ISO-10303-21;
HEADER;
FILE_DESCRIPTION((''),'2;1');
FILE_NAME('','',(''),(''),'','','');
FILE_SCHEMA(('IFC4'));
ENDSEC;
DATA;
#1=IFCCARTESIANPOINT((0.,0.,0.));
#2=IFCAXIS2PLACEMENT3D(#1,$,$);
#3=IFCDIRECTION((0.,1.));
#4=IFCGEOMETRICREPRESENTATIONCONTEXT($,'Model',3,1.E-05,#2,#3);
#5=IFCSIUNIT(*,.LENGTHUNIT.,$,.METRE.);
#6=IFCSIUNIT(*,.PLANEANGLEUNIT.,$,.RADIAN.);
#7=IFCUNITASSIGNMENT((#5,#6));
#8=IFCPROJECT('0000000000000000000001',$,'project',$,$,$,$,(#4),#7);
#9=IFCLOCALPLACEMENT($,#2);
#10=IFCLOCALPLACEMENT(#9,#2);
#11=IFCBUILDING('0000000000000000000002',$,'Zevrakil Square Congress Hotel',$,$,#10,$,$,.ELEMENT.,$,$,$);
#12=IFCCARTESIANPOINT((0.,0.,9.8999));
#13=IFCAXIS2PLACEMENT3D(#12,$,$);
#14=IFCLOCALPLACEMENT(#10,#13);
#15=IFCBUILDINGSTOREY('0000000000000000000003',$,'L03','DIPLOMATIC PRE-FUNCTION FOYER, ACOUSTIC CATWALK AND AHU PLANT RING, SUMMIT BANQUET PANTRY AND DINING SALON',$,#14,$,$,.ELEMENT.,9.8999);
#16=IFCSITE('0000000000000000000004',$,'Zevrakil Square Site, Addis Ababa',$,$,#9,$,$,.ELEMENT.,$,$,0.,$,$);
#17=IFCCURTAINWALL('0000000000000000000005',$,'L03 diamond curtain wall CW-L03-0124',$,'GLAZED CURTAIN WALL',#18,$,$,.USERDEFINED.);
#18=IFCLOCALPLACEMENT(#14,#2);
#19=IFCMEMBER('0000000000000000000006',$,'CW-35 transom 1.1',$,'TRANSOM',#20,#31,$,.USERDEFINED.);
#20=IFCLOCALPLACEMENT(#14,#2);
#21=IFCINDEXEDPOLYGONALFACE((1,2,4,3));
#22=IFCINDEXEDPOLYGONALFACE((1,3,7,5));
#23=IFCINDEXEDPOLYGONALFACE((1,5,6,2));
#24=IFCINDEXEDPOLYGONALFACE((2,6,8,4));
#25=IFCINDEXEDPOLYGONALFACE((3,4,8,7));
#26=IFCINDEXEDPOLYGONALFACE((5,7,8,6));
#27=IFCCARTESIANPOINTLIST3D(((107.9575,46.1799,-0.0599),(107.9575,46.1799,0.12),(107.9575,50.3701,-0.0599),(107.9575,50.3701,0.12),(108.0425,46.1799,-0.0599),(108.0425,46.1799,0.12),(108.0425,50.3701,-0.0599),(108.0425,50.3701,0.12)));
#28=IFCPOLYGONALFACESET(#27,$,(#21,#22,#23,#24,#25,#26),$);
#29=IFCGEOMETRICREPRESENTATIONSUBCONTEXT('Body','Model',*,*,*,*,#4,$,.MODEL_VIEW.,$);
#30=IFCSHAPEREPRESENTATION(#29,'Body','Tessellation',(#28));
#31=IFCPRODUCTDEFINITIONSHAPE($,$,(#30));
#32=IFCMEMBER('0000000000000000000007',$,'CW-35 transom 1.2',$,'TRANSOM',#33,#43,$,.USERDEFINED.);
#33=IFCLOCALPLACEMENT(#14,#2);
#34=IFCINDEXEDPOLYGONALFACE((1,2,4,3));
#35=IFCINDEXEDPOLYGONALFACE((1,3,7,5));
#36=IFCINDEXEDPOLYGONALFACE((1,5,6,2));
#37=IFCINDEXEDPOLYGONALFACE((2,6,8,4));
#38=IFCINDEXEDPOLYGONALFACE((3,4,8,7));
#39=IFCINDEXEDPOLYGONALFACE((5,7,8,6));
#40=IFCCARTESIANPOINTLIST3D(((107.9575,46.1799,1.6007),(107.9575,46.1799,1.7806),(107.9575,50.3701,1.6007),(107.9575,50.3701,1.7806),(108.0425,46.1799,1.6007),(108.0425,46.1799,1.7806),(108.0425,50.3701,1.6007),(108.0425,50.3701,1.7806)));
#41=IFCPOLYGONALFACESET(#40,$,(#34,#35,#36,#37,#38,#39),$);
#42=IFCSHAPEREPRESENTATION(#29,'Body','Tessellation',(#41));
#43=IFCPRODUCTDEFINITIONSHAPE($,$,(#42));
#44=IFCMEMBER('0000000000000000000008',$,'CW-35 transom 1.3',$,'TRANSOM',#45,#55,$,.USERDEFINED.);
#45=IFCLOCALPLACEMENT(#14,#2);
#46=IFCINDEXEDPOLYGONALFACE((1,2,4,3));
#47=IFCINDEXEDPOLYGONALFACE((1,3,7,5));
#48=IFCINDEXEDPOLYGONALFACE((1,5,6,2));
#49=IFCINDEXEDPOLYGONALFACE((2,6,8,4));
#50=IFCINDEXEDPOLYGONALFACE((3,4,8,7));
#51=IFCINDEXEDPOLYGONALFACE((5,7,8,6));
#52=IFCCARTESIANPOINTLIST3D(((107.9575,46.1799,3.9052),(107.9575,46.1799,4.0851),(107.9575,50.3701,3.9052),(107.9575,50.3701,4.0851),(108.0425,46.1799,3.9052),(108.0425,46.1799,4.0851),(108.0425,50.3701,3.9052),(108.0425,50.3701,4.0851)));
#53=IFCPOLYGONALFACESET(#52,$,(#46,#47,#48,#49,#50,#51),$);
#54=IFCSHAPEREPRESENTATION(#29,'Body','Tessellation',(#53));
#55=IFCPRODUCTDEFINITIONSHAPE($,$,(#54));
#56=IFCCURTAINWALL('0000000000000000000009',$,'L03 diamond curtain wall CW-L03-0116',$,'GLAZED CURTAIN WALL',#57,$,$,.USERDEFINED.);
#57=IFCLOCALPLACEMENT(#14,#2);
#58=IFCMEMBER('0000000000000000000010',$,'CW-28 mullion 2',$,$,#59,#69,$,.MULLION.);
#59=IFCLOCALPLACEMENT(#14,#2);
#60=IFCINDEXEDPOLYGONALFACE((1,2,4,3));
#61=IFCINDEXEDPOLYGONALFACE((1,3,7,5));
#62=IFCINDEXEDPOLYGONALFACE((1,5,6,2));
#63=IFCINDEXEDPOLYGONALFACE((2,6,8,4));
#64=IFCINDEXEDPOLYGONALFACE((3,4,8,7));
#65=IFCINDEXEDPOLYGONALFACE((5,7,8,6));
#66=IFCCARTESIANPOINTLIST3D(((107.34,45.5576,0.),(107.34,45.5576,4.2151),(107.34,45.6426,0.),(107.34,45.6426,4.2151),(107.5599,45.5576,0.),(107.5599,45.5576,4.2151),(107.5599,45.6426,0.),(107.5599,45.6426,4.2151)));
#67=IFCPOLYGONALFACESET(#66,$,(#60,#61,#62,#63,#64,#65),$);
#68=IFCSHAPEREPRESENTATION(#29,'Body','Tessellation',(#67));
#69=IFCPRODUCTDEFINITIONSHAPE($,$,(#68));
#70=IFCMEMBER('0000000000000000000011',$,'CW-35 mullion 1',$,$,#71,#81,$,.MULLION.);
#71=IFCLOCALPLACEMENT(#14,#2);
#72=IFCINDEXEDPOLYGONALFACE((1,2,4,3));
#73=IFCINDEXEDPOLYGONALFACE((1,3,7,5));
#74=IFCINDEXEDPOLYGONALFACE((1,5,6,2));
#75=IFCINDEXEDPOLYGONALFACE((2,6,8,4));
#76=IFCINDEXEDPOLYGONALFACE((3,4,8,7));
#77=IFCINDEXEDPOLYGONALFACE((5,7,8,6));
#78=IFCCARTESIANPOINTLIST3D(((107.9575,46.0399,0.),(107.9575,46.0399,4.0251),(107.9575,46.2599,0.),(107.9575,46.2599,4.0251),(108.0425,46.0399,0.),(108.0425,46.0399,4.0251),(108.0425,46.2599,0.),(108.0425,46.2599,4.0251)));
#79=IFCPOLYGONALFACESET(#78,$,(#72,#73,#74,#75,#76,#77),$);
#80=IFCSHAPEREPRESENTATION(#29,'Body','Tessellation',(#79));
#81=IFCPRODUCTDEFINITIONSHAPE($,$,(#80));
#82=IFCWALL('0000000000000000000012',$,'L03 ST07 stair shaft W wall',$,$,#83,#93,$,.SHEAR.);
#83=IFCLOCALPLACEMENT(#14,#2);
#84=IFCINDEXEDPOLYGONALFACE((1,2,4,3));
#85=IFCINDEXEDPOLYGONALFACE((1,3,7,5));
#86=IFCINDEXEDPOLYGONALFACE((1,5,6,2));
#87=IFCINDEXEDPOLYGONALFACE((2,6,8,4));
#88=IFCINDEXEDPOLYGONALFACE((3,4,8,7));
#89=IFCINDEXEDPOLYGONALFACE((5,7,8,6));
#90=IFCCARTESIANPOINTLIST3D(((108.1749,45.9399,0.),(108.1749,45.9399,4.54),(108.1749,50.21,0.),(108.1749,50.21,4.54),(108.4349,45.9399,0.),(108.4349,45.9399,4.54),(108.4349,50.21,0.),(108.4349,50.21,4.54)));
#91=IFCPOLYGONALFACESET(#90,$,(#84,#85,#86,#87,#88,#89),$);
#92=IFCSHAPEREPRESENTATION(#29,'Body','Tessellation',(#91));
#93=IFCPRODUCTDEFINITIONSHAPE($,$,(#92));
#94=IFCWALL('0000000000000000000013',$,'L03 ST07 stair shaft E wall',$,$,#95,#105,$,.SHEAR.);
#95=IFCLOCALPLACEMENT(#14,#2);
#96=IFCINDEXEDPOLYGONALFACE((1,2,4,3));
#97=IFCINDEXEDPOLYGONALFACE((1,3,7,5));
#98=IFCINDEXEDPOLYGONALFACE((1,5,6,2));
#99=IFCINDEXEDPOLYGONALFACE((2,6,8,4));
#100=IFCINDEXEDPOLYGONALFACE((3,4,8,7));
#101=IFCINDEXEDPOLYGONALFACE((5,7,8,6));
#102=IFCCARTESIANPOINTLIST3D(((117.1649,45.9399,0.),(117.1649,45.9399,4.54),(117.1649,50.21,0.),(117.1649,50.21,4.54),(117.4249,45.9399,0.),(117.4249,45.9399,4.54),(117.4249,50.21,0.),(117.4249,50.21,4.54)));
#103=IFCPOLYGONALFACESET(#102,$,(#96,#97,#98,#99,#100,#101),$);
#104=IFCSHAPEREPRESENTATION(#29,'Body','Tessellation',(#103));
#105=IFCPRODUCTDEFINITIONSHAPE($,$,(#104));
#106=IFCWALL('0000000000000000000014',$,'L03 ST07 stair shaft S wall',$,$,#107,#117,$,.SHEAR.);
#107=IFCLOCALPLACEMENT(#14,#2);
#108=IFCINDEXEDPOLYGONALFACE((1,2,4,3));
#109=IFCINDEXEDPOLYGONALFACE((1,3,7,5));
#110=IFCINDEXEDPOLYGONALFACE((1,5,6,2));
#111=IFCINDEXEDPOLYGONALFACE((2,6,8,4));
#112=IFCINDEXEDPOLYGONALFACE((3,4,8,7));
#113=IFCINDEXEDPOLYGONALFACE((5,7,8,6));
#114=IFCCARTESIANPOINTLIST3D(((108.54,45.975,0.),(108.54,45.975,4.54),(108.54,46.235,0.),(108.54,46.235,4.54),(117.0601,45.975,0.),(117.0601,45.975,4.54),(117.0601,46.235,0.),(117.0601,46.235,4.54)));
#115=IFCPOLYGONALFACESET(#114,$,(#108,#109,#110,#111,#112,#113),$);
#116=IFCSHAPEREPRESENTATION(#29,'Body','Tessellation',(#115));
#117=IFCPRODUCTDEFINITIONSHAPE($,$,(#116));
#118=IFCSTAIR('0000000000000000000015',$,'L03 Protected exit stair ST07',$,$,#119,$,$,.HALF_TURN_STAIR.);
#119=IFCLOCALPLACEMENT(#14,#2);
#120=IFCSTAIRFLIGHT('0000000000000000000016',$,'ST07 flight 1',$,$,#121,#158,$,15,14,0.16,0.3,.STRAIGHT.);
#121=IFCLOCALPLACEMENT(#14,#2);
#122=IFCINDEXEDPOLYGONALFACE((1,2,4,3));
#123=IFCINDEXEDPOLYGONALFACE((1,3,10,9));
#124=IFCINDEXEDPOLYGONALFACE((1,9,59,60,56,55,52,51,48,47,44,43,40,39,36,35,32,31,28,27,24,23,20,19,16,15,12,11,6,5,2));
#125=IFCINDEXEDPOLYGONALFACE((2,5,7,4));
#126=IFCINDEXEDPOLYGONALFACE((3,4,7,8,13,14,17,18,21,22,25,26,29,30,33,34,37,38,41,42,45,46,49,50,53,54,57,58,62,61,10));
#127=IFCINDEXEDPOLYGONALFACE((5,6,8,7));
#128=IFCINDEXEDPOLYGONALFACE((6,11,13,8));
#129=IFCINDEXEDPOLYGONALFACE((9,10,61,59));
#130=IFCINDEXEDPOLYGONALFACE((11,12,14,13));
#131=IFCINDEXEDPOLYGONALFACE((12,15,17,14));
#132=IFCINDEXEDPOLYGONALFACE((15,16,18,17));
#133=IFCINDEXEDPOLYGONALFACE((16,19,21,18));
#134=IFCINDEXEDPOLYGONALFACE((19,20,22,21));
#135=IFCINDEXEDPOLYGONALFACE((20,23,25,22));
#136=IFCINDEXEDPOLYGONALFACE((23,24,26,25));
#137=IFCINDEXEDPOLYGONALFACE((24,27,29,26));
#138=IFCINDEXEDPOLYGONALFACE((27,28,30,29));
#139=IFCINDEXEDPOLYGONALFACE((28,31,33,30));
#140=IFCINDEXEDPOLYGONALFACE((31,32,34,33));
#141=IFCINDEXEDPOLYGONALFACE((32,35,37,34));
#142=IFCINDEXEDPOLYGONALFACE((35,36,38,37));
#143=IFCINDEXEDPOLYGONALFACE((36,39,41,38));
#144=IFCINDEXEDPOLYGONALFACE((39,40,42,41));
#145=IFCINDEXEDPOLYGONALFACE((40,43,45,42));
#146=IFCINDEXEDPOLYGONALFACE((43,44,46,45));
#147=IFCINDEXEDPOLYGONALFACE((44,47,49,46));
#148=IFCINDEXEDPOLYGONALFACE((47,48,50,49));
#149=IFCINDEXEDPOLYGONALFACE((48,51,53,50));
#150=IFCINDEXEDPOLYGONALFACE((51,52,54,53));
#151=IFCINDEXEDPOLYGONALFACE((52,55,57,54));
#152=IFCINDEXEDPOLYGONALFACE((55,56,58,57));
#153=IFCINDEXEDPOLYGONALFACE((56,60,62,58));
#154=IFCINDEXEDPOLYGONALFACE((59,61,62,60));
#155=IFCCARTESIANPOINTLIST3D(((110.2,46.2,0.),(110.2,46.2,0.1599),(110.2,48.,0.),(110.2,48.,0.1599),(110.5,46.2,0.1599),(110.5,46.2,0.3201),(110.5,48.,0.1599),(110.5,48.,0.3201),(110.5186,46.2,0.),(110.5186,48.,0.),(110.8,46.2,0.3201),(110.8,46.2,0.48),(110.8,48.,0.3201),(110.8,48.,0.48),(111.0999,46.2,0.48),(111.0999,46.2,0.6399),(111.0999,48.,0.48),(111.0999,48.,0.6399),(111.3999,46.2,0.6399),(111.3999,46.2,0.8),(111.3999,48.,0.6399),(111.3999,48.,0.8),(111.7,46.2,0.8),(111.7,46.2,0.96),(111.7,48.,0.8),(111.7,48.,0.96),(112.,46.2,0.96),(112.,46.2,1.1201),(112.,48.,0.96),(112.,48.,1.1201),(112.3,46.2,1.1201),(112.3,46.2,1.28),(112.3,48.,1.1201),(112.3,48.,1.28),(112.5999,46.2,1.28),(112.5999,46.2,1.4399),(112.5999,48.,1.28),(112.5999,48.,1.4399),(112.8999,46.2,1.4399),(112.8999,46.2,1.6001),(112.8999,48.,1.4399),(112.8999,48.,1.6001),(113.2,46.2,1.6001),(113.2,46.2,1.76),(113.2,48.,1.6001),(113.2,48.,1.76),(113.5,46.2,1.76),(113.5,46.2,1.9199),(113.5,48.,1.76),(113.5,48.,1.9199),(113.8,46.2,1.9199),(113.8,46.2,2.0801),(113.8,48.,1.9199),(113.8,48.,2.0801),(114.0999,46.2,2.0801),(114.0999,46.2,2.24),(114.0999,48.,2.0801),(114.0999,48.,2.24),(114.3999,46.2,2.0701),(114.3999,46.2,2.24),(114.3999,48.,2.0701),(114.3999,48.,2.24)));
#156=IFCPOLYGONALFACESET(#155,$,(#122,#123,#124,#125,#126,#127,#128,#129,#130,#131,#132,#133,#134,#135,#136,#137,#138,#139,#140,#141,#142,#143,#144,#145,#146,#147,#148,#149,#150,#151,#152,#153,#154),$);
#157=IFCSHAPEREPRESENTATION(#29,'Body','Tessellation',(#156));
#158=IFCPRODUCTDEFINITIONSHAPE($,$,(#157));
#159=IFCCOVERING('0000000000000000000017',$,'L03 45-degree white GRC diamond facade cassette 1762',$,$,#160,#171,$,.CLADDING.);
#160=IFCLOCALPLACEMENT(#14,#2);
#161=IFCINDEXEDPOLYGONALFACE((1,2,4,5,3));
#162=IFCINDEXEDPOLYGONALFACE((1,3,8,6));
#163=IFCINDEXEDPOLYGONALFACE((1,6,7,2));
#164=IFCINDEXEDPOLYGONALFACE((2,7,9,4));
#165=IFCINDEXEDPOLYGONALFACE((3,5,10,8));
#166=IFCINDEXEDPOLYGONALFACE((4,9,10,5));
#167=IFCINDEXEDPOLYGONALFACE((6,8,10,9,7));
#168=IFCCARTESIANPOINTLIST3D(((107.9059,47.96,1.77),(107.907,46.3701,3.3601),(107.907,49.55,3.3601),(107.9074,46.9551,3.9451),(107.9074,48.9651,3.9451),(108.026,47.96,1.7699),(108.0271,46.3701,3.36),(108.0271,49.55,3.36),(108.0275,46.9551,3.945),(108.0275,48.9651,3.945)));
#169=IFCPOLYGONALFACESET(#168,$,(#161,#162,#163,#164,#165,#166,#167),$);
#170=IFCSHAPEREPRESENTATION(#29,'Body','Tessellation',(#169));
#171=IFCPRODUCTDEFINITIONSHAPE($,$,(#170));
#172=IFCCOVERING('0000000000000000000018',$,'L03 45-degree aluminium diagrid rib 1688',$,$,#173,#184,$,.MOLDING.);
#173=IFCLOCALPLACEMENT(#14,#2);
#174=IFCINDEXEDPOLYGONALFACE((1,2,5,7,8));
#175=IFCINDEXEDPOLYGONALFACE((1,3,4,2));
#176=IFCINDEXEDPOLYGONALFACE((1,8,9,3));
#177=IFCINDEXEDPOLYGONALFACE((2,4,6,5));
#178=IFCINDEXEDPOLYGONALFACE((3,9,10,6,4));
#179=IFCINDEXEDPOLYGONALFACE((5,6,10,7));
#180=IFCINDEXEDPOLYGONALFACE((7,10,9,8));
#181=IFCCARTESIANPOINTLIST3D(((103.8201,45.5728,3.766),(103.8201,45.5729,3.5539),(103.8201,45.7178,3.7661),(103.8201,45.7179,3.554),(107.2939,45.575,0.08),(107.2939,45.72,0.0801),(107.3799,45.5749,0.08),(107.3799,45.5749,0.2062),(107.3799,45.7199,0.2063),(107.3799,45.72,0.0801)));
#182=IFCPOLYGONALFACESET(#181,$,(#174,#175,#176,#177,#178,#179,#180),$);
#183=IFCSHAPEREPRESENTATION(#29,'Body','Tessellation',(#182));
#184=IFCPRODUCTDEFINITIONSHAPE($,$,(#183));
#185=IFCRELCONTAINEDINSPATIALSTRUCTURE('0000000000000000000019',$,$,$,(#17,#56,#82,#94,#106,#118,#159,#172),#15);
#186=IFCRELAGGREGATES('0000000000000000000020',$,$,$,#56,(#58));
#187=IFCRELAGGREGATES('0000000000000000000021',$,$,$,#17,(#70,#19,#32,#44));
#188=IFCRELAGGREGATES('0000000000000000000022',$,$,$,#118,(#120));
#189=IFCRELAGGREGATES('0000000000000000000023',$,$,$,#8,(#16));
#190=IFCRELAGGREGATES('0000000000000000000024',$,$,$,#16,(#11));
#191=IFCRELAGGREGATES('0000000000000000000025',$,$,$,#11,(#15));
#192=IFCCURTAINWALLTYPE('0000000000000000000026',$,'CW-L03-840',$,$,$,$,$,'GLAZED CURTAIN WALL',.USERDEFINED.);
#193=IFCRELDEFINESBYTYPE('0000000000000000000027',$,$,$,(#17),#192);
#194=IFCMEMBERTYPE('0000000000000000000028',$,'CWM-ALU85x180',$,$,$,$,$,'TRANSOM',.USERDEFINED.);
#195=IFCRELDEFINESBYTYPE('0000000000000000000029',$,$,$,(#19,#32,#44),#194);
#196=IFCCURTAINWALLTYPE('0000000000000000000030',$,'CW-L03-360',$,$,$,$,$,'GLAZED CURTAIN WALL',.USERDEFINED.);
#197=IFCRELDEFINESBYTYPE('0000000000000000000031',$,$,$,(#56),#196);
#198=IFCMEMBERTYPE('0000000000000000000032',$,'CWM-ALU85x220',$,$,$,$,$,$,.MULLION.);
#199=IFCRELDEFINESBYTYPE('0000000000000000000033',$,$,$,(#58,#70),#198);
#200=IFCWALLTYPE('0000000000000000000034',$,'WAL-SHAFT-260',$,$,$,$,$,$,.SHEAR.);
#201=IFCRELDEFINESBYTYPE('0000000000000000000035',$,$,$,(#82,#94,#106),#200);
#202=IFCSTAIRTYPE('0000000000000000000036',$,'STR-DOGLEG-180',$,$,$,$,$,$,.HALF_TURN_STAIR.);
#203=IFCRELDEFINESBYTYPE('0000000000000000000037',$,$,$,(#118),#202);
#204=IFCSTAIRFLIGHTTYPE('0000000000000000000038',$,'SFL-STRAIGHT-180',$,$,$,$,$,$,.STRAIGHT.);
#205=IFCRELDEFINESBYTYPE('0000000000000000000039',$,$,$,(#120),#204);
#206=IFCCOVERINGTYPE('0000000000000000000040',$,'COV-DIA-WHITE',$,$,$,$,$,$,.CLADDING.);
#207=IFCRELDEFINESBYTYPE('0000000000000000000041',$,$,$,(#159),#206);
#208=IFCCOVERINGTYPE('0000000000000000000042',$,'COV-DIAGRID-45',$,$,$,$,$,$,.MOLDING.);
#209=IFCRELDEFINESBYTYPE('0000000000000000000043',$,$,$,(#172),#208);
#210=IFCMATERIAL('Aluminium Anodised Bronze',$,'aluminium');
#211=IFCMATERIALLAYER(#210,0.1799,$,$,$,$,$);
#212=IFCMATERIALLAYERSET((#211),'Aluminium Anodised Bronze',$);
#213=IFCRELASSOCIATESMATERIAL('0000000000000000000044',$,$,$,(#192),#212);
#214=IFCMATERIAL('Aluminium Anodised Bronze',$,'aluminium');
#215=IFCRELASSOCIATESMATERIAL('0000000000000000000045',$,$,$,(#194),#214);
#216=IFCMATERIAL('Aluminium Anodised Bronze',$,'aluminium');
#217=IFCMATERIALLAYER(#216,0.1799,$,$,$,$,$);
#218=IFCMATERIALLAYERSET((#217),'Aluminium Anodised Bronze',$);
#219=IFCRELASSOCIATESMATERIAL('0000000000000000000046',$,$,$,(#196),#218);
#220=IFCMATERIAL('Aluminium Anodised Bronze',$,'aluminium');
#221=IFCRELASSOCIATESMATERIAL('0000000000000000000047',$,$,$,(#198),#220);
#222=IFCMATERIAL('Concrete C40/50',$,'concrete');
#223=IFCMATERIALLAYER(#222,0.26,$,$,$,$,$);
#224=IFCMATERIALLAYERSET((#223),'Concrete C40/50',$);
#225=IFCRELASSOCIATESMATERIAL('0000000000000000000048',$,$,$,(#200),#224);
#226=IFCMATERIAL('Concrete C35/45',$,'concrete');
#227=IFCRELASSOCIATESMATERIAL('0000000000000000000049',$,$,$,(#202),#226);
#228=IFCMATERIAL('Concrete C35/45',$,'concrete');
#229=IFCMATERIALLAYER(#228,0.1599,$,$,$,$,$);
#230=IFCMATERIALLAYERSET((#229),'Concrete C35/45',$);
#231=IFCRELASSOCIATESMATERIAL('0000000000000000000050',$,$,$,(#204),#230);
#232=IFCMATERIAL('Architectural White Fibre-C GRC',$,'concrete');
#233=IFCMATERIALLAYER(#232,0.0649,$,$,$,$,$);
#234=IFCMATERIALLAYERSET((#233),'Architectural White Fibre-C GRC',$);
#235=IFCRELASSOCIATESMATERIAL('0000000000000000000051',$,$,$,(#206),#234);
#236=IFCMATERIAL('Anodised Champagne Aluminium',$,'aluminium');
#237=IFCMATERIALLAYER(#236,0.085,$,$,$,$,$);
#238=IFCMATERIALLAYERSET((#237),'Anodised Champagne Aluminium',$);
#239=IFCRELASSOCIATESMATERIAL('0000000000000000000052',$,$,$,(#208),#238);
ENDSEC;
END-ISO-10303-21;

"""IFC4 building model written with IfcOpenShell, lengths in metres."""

from ifc_helpers import new_model, si_unit, direction, frame, frame_2d, origin, origin_2d, place, context, subcontext, project, spatial, polyline, rectangle, outline, extrude, material, layer, layer_set, material_profile, profile_set, type_object, element, aggregate, save


model = new_model("IFC4")

# Units and contexts
model_context = context("Model", 3, precision=1e-05, world=origin(), true_north=direction((0.0, 1.0)))
body_context = subcontext(model_context, "Body", "Model", "MODEL_VIEW")
ifc_project = project(units=[si_unit("LENGTHUNIT", "METRE"), si_unit("PLANEANGLEUNIT", "RADIAN")], contexts=[model_context])

# Site, building, storey
site_placement = place(None, origin())
site = spatial("IfcSite", under=ifc_project, at=site_placement, Name="Zevrakil Square Site, Addis Ababa", CompositionType="ELEMENT", RefElevation=0.0)
building_placement = place(site_placement, origin())
building = spatial("IfcBuilding", under=site, at=building_placement, Name="Zevrakil Square Congress Hotel", CompositionType="ELEMENT")
storey_placement = place(building_placement, frame((0.0, 0.0, 9.8999)))
storey = spatial("IfcBuildingStorey", under=building, at=storey_placement, Name="L03", Description="DIPLOMATIC PRE-FUNCTION FOYER, ACOUSTIC CATWALK AND AHU PLANT RING, SUMMIT BANQUET PANTRY AND DINING SALON", CompositionType="ELEMENT", Elevation=9.8999)

# Curtain wall, members
ifc_material_1 = material(Name="Aluminium Anodised Bronze", Category="aluminium")
ifc_layer_1 = layer(ifc_material_1, 0.1799)
ifc_layer_set_1 = layer_set([ifc_layer_1], Name="Aluminium Anodised Bronze")
curtain_wall_type_1 = type_object("IfcCurtainWallType", Name="CW-L03-840", ElementType="GLAZED CURTAIN WALL", PredefinedType="USERDEFINED", material=ifc_layer_set_1)
curtain_wall_1_placement = place(storey_placement, origin())
curtain_wall_1 = element("IfcCurtainWall", 1, at=curtain_wall_1_placement, inside=storey, type_object=curtain_wall_type_1, Name="L03 diamond curtain wall CW-L03-0124", ObjectType="GLAZED CURTAIN WALL", PredefinedType="USERDEFINED")
ifc_material_2 = material(Name="Aluminium Anodised Bronze", Category="aluminium")
ifc_material_profile_1 = material_profile(ifc_material_2, rectangle(XDim=0.085, YDim=0.1799, at=origin_2d()), Name="ALU 85x180")
ifc_profile_set_1 = profile_set([ifc_material_profile_1], Name="Aluminium Anodised Bronze")
member_type_1 = type_object("IfcMemberType", Name="CWM-ALU85x180", ElementType="TRANSOM", PredefinedType="USERDEFINED", material=ifc_profile_set_1)
member_1_placement = place(storey_placement, frame((108.0, 46.1799, 0.03), z_axis=(0.0, 1.0, 0.0), x_axis=(-1.0, 0.0, 0.0)))
member_1 = element("IfcMember", 2, at=member_1_placement, type_object=member_type_1, Name="CW-35 transom 1.1", ObjectType="TRANSOM", PredefinedType="USERDEFINED", context=body_context, shape_type="SweptSolid", body=[
    extrude(rectangle(XDim=0.085, YDim=0.1799, at=origin_2d()), origin(), (0.0, 0.0, 1.0), 4.1902),
])
member_2_placement = place(storey_placement, frame((108.0, 46.1799, 1.6907), z_axis=(0.0, 1.0, 0.0), x_axis=(-1.0, 0.0, 0.0)))
member_2 = element("IfcMember", 3, at=member_2_placement, type_object=member_type_1, Name="CW-35 transom 1.2", ObjectType="TRANSOM", PredefinedType="USERDEFINED", context=body_context, shape_type="SweptSolid", body=[
    extrude(rectangle(XDim=0.085, YDim=0.1799, at=origin_2d()), origin(), (0.0, 0.0, 1.0), 4.1902),
])
member_3_placement = place(storey_placement, frame((108.0, 46.1799, 3.9951), z_axis=(0.0, 1.0, 0.0), x_axis=(-1.0, 0.0, 0.0)))
member_3 = element("IfcMember", 4, at=member_3_placement, type_object=member_type_1, Name="CW-35 transom 1.3", ObjectType="TRANSOM", PredefinedType="USERDEFINED", context=body_context, shape_type="SweptSolid", body=[
    extrude(rectangle(XDim=0.085, YDim=0.1799, at=origin_2d()), origin(), (0.0, 0.0, 1.0), 4.1902),
])

# Curtain wall, member
ifc_material_3 = material(Name="Aluminium Anodised Bronze", Category="aluminium")
ifc_layer_2 = layer(ifc_material_3, 0.1799)
ifc_layer_set_2 = layer_set([ifc_layer_2], Name="Aluminium Anodised Bronze")
curtain_wall_type_2 = type_object("IfcCurtainWallType", Name="CW-L03-360", ElementType="GLAZED CURTAIN WALL", PredefinedType="USERDEFINED", material=ifc_layer_set_2)
curtain_wall_2_placement = place(storey_placement, origin())
curtain_wall_2 = element("IfcCurtainWall", 5, at=curtain_wall_2_placement, inside=storey, type_object=curtain_wall_type_2, Name="L03 diamond curtain wall CW-L03-0116", ObjectType="GLAZED CURTAIN WALL", PredefinedType="USERDEFINED")
ifc_material_4 = material(Name="Aluminium Anodised Bronze", Category="aluminium")
ifc_material_profile_2 = material_profile(ifc_material_4, rectangle(XDim=0.085, YDim=0.22, at=origin_2d()), Name="ALU 85x220")
ifc_profile_set_2 = profile_set([ifc_material_profile_2], Name="Aluminium Anodised Bronze")
member_type_2 = type_object("IfcMemberType", Name="CWM-ALU85x220", PredefinedType="MULLION", material=ifc_profile_set_2)
member_4_placement = place(storey_placement, frame((107.45, 45.6001, 0.0), z_axis=(0.0, 0.0, 1.0), x_axis=(0.0, 1.0, 0.0)))
member_4 = element("IfcMember", 6, at=member_4_placement, type_object=member_type_2, Name="CW-28 mullion 2", PredefinedType="MULLION", context=body_context, shape_type="SweptSolid", body=[
    extrude(rectangle(XDim=0.085, YDim=0.22, at=origin_2d()), origin(), (0.0, 0.0, 1.0), 4.2151),
])
aggregate(curtain_wall_2, [member_4])

# Member
member_5_placement = place(storey_placement, frame((108.0, 46.1499, 0.0), z_axis=(0.0, 0.0, 1.0), x_axis=(-1.0, 0.0, 0.0)))
member_5 = element("IfcMember", 7, at=member_5_placement, type_object=member_type_2, Name="CW-35 mullion 1", PredefinedType="MULLION", context=body_context, shape_type="SweptSolid", body=[
    extrude(rectangle(XDim=0.085, YDim=0.22, at=origin_2d()), origin(), (0.0, 0.0, 1.0), 4.0251),
])
aggregate(curtain_wall_1, [member_5, member_1, member_2, member_3])

# Walls
ifc_material_5 = material(Name="Concrete C40/50", Category="concrete")
ifc_layer_3 = layer(ifc_material_5, 0.26)
ifc_layer_set_3 = layer_set([ifc_layer_3], Name="Concrete C40/50")
wall_type = type_object("IfcWallType", Name="WAL-SHAFT-260", PredefinedType="SHEAR", material=ifc_layer_set_3)
for number, where, z_axis, x_axis, name in (
    (8, (108.3049, 45.9399, 0.0), (0.0, 0.0, 1.0), (0.0, 1.0, 0.0), "L03 ST07 stair shaft W wall"),
    (9, (117.2949, 45.9399, 0.0), (0.0, 0.0, 1.0), (0.0, 1.0, 0.0), "L03 ST07 stair shaft E wall"),
):
    element("IfcWall", number, at=place(storey_placement, frame(where, z_axis=z_axis, x_axis=x_axis)), inside=storey, type_object=wall_type, Name=name, PredefinedType="SHEAR", context=body_context, shape_type="SweptSolid", body=[
        extrude(rectangle(XDim=4.27, YDim=0.26, at=frame_2d((2.135, 0.0))), origin(), (0.0, 0.0, 1.0), 4.54),
    ])
wall_placement = place(storey_placement, frame((108.54, 46.105, 0.0), z_axis=(0.0, 0.0, 1.0), x_axis=(1.0, 0.0, 0.0)))
element("IfcWall", 10, at=wall_placement, inside=storey, type_object=wall_type, Name="L03 ST07 stair shaft S wall", PredefinedType="SHEAR", context=body_context, shape_type="SweptSolid", body=[
    extrude(rectangle(XDim=8.52, YDim=0.26, at=frame_2d((4.26, 0.0))), origin(), (0.0, 0.0, 1.0), 4.54),
])

# Stair, stair flight
ifc_material_6 = material(Name="Concrete C35/45", Category="concrete")
stair_type = type_object("IfcStairType", Name="STR-DOGLEG-180", PredefinedType="HALF_TURN_STAIR", material=ifc_material_6)
stair_placement = place(storey_placement, origin())
stair = element("IfcStair", 11, at=stair_placement, inside=storey, type_object=stair_type, Name="L03 Protected exit stair ST07", PredefinedType="HALF_TURN_STAIR")
ifc_material_7 = material(Name="Concrete C35/45", Category="concrete")
ifc_layer_4 = layer(ifc_material_7, 0.1599)
ifc_layer_set_4 = layer_set([ifc_layer_4], Name="Concrete C35/45")
stair_flight_type = type_object("IfcStairFlightType", Name="SFL-STRAIGHT-180", PredefinedType="STRAIGHT", material=ifc_layer_set_4)
stair_flight_placement = place(storey_placement, frame((110.2, 47.1001, 0.0), z_axis=(0.0, 0.0, 1.0), x_axis=(1.0, 0.0, 0.0)))
stair_flight = element("IfcStairFlight", 12, at=stair_flight_placement, type_object=stair_flight_type, Name="ST07 flight 1", NumberOfRisers=15, NumberOfTreads=14, PredefinedType="STRAIGHT", RiserHeight=0.16, TreadLength=0.3, context=body_context, shape_type="SweptSolid", body=[
    extrude(outline(polyline([(0.0, 0.0), (0.0, 0.1599), (0.3, 0.1599), (0.3, 0.3201), (0.6001, 0.3201), (0.6001, 0.48), (0.8999, 0.48), (0.8999, 0.6399), (1.2, 0.6399), (1.2, 0.8), (1.5, 0.8), (1.5, 0.96), (1.8, 0.96), (1.8, 1.1201), (2.1001, 1.1201), (2.1001, 1.28), (2.3999, 1.28), (2.3999, 1.4399), (2.7, 1.4399), (2.7, 1.6001), (3.0, 1.6001), (3.0, 1.76), (3.3, 1.76), (3.3, 1.9199), (3.6001, 1.9199), (3.6001, 2.0801), (3.8999, 2.0801), (3.8999, 2.24), (4.2, 2.24), (4.2, 2.3999), (4.2, 2.0701), (0.3186, 0.0), (0.0, 0.0)])), frame((0.0, 0.8999, 0.0), z_axis=(0.0, -1.0, 0.0), x_axis=(1.0, 0.0, 0.0)), (0.0, 0.0, 1.0), 1.8),
])
aggregate(stair, [stair_flight])

# Coverings
ifc_material_8 = material(Name="Architectural White Fibre-C GRC", Category="concrete")
ifc_layer_5 = layer(ifc_material_8, 0.0649)
ifc_layer_set_5 = layer_set([ifc_layer_5], Name="Architectural White Fibre-C GRC")
covering_type_1 = type_object("IfcCoveringType", Name="COV-DIA-WHITE", PredefinedType="CLADDING", material=ifc_layer_set_5)
covering_1_placement = place(storey_placement, frame((107.907, 46.3701, 3.3601), z_axis=(-1.0, 0.0, 0.000697), x_axis=(-0.000493, 0.707052, -0.707161)))
element("IfcCovering", 13, at=covering_1_placement, inside=storey, type_object=covering_type_1, Name="L03 45-degree white GRC diamond facade cassette 1762", PredefinedType="CLADDING", context=body_context, shape_type="SweptSolid", body=[
    extrude(outline(polyline([(0.0, 0.0), (2.2486, 0.0), (2.2484, -2.2487), (1.4211, -2.2487), (-0.0001, -0.8273), (0.0, 0.0)])), origin(), (0.0, 0.0, -1.0), 0.1201),
])
ifc_material_9 = material(Name="Anodised Champagne Aluminium", Category="aluminium")
ifc_layer_6 = layer(ifc_material_9, 0.085)
ifc_layer_set_6 = layer_set([ifc_layer_6], Name="Anodised Champagne Aluminium")
covering_type_2 = type_object("IfcCoveringType", Name="COV-DIAGRID-45", PredefinedType="MOLDING", material=ifc_layer_set_6)
covering_2_placement = place(storey_placement, frame((107.2939, 45.72, 0.0801), z_axis=(0.000104, 1.0, 0.00069), x_axis=(1.0, -0.000104, 0.0)))
element("IfcCovering", 14, at=covering_2_placement, inside=storey, type_object=covering_type_2, Name="L03 45-degree aluminium diagrid rib 1688", PredefinedType="MOLDING", context=body_context, shape_type="SweptSolid", body=[
    extrude(outline(polyline([(0.0, 0.0), (0.0859, 0.0), (0.0859, -0.1262), (-3.4739, -3.686), (-3.4739, -3.4739), (0.0, 0.0)])), origin(), (0.0, 0.0, -1.0), 0.145),
])

save(model, "model.ifc")
